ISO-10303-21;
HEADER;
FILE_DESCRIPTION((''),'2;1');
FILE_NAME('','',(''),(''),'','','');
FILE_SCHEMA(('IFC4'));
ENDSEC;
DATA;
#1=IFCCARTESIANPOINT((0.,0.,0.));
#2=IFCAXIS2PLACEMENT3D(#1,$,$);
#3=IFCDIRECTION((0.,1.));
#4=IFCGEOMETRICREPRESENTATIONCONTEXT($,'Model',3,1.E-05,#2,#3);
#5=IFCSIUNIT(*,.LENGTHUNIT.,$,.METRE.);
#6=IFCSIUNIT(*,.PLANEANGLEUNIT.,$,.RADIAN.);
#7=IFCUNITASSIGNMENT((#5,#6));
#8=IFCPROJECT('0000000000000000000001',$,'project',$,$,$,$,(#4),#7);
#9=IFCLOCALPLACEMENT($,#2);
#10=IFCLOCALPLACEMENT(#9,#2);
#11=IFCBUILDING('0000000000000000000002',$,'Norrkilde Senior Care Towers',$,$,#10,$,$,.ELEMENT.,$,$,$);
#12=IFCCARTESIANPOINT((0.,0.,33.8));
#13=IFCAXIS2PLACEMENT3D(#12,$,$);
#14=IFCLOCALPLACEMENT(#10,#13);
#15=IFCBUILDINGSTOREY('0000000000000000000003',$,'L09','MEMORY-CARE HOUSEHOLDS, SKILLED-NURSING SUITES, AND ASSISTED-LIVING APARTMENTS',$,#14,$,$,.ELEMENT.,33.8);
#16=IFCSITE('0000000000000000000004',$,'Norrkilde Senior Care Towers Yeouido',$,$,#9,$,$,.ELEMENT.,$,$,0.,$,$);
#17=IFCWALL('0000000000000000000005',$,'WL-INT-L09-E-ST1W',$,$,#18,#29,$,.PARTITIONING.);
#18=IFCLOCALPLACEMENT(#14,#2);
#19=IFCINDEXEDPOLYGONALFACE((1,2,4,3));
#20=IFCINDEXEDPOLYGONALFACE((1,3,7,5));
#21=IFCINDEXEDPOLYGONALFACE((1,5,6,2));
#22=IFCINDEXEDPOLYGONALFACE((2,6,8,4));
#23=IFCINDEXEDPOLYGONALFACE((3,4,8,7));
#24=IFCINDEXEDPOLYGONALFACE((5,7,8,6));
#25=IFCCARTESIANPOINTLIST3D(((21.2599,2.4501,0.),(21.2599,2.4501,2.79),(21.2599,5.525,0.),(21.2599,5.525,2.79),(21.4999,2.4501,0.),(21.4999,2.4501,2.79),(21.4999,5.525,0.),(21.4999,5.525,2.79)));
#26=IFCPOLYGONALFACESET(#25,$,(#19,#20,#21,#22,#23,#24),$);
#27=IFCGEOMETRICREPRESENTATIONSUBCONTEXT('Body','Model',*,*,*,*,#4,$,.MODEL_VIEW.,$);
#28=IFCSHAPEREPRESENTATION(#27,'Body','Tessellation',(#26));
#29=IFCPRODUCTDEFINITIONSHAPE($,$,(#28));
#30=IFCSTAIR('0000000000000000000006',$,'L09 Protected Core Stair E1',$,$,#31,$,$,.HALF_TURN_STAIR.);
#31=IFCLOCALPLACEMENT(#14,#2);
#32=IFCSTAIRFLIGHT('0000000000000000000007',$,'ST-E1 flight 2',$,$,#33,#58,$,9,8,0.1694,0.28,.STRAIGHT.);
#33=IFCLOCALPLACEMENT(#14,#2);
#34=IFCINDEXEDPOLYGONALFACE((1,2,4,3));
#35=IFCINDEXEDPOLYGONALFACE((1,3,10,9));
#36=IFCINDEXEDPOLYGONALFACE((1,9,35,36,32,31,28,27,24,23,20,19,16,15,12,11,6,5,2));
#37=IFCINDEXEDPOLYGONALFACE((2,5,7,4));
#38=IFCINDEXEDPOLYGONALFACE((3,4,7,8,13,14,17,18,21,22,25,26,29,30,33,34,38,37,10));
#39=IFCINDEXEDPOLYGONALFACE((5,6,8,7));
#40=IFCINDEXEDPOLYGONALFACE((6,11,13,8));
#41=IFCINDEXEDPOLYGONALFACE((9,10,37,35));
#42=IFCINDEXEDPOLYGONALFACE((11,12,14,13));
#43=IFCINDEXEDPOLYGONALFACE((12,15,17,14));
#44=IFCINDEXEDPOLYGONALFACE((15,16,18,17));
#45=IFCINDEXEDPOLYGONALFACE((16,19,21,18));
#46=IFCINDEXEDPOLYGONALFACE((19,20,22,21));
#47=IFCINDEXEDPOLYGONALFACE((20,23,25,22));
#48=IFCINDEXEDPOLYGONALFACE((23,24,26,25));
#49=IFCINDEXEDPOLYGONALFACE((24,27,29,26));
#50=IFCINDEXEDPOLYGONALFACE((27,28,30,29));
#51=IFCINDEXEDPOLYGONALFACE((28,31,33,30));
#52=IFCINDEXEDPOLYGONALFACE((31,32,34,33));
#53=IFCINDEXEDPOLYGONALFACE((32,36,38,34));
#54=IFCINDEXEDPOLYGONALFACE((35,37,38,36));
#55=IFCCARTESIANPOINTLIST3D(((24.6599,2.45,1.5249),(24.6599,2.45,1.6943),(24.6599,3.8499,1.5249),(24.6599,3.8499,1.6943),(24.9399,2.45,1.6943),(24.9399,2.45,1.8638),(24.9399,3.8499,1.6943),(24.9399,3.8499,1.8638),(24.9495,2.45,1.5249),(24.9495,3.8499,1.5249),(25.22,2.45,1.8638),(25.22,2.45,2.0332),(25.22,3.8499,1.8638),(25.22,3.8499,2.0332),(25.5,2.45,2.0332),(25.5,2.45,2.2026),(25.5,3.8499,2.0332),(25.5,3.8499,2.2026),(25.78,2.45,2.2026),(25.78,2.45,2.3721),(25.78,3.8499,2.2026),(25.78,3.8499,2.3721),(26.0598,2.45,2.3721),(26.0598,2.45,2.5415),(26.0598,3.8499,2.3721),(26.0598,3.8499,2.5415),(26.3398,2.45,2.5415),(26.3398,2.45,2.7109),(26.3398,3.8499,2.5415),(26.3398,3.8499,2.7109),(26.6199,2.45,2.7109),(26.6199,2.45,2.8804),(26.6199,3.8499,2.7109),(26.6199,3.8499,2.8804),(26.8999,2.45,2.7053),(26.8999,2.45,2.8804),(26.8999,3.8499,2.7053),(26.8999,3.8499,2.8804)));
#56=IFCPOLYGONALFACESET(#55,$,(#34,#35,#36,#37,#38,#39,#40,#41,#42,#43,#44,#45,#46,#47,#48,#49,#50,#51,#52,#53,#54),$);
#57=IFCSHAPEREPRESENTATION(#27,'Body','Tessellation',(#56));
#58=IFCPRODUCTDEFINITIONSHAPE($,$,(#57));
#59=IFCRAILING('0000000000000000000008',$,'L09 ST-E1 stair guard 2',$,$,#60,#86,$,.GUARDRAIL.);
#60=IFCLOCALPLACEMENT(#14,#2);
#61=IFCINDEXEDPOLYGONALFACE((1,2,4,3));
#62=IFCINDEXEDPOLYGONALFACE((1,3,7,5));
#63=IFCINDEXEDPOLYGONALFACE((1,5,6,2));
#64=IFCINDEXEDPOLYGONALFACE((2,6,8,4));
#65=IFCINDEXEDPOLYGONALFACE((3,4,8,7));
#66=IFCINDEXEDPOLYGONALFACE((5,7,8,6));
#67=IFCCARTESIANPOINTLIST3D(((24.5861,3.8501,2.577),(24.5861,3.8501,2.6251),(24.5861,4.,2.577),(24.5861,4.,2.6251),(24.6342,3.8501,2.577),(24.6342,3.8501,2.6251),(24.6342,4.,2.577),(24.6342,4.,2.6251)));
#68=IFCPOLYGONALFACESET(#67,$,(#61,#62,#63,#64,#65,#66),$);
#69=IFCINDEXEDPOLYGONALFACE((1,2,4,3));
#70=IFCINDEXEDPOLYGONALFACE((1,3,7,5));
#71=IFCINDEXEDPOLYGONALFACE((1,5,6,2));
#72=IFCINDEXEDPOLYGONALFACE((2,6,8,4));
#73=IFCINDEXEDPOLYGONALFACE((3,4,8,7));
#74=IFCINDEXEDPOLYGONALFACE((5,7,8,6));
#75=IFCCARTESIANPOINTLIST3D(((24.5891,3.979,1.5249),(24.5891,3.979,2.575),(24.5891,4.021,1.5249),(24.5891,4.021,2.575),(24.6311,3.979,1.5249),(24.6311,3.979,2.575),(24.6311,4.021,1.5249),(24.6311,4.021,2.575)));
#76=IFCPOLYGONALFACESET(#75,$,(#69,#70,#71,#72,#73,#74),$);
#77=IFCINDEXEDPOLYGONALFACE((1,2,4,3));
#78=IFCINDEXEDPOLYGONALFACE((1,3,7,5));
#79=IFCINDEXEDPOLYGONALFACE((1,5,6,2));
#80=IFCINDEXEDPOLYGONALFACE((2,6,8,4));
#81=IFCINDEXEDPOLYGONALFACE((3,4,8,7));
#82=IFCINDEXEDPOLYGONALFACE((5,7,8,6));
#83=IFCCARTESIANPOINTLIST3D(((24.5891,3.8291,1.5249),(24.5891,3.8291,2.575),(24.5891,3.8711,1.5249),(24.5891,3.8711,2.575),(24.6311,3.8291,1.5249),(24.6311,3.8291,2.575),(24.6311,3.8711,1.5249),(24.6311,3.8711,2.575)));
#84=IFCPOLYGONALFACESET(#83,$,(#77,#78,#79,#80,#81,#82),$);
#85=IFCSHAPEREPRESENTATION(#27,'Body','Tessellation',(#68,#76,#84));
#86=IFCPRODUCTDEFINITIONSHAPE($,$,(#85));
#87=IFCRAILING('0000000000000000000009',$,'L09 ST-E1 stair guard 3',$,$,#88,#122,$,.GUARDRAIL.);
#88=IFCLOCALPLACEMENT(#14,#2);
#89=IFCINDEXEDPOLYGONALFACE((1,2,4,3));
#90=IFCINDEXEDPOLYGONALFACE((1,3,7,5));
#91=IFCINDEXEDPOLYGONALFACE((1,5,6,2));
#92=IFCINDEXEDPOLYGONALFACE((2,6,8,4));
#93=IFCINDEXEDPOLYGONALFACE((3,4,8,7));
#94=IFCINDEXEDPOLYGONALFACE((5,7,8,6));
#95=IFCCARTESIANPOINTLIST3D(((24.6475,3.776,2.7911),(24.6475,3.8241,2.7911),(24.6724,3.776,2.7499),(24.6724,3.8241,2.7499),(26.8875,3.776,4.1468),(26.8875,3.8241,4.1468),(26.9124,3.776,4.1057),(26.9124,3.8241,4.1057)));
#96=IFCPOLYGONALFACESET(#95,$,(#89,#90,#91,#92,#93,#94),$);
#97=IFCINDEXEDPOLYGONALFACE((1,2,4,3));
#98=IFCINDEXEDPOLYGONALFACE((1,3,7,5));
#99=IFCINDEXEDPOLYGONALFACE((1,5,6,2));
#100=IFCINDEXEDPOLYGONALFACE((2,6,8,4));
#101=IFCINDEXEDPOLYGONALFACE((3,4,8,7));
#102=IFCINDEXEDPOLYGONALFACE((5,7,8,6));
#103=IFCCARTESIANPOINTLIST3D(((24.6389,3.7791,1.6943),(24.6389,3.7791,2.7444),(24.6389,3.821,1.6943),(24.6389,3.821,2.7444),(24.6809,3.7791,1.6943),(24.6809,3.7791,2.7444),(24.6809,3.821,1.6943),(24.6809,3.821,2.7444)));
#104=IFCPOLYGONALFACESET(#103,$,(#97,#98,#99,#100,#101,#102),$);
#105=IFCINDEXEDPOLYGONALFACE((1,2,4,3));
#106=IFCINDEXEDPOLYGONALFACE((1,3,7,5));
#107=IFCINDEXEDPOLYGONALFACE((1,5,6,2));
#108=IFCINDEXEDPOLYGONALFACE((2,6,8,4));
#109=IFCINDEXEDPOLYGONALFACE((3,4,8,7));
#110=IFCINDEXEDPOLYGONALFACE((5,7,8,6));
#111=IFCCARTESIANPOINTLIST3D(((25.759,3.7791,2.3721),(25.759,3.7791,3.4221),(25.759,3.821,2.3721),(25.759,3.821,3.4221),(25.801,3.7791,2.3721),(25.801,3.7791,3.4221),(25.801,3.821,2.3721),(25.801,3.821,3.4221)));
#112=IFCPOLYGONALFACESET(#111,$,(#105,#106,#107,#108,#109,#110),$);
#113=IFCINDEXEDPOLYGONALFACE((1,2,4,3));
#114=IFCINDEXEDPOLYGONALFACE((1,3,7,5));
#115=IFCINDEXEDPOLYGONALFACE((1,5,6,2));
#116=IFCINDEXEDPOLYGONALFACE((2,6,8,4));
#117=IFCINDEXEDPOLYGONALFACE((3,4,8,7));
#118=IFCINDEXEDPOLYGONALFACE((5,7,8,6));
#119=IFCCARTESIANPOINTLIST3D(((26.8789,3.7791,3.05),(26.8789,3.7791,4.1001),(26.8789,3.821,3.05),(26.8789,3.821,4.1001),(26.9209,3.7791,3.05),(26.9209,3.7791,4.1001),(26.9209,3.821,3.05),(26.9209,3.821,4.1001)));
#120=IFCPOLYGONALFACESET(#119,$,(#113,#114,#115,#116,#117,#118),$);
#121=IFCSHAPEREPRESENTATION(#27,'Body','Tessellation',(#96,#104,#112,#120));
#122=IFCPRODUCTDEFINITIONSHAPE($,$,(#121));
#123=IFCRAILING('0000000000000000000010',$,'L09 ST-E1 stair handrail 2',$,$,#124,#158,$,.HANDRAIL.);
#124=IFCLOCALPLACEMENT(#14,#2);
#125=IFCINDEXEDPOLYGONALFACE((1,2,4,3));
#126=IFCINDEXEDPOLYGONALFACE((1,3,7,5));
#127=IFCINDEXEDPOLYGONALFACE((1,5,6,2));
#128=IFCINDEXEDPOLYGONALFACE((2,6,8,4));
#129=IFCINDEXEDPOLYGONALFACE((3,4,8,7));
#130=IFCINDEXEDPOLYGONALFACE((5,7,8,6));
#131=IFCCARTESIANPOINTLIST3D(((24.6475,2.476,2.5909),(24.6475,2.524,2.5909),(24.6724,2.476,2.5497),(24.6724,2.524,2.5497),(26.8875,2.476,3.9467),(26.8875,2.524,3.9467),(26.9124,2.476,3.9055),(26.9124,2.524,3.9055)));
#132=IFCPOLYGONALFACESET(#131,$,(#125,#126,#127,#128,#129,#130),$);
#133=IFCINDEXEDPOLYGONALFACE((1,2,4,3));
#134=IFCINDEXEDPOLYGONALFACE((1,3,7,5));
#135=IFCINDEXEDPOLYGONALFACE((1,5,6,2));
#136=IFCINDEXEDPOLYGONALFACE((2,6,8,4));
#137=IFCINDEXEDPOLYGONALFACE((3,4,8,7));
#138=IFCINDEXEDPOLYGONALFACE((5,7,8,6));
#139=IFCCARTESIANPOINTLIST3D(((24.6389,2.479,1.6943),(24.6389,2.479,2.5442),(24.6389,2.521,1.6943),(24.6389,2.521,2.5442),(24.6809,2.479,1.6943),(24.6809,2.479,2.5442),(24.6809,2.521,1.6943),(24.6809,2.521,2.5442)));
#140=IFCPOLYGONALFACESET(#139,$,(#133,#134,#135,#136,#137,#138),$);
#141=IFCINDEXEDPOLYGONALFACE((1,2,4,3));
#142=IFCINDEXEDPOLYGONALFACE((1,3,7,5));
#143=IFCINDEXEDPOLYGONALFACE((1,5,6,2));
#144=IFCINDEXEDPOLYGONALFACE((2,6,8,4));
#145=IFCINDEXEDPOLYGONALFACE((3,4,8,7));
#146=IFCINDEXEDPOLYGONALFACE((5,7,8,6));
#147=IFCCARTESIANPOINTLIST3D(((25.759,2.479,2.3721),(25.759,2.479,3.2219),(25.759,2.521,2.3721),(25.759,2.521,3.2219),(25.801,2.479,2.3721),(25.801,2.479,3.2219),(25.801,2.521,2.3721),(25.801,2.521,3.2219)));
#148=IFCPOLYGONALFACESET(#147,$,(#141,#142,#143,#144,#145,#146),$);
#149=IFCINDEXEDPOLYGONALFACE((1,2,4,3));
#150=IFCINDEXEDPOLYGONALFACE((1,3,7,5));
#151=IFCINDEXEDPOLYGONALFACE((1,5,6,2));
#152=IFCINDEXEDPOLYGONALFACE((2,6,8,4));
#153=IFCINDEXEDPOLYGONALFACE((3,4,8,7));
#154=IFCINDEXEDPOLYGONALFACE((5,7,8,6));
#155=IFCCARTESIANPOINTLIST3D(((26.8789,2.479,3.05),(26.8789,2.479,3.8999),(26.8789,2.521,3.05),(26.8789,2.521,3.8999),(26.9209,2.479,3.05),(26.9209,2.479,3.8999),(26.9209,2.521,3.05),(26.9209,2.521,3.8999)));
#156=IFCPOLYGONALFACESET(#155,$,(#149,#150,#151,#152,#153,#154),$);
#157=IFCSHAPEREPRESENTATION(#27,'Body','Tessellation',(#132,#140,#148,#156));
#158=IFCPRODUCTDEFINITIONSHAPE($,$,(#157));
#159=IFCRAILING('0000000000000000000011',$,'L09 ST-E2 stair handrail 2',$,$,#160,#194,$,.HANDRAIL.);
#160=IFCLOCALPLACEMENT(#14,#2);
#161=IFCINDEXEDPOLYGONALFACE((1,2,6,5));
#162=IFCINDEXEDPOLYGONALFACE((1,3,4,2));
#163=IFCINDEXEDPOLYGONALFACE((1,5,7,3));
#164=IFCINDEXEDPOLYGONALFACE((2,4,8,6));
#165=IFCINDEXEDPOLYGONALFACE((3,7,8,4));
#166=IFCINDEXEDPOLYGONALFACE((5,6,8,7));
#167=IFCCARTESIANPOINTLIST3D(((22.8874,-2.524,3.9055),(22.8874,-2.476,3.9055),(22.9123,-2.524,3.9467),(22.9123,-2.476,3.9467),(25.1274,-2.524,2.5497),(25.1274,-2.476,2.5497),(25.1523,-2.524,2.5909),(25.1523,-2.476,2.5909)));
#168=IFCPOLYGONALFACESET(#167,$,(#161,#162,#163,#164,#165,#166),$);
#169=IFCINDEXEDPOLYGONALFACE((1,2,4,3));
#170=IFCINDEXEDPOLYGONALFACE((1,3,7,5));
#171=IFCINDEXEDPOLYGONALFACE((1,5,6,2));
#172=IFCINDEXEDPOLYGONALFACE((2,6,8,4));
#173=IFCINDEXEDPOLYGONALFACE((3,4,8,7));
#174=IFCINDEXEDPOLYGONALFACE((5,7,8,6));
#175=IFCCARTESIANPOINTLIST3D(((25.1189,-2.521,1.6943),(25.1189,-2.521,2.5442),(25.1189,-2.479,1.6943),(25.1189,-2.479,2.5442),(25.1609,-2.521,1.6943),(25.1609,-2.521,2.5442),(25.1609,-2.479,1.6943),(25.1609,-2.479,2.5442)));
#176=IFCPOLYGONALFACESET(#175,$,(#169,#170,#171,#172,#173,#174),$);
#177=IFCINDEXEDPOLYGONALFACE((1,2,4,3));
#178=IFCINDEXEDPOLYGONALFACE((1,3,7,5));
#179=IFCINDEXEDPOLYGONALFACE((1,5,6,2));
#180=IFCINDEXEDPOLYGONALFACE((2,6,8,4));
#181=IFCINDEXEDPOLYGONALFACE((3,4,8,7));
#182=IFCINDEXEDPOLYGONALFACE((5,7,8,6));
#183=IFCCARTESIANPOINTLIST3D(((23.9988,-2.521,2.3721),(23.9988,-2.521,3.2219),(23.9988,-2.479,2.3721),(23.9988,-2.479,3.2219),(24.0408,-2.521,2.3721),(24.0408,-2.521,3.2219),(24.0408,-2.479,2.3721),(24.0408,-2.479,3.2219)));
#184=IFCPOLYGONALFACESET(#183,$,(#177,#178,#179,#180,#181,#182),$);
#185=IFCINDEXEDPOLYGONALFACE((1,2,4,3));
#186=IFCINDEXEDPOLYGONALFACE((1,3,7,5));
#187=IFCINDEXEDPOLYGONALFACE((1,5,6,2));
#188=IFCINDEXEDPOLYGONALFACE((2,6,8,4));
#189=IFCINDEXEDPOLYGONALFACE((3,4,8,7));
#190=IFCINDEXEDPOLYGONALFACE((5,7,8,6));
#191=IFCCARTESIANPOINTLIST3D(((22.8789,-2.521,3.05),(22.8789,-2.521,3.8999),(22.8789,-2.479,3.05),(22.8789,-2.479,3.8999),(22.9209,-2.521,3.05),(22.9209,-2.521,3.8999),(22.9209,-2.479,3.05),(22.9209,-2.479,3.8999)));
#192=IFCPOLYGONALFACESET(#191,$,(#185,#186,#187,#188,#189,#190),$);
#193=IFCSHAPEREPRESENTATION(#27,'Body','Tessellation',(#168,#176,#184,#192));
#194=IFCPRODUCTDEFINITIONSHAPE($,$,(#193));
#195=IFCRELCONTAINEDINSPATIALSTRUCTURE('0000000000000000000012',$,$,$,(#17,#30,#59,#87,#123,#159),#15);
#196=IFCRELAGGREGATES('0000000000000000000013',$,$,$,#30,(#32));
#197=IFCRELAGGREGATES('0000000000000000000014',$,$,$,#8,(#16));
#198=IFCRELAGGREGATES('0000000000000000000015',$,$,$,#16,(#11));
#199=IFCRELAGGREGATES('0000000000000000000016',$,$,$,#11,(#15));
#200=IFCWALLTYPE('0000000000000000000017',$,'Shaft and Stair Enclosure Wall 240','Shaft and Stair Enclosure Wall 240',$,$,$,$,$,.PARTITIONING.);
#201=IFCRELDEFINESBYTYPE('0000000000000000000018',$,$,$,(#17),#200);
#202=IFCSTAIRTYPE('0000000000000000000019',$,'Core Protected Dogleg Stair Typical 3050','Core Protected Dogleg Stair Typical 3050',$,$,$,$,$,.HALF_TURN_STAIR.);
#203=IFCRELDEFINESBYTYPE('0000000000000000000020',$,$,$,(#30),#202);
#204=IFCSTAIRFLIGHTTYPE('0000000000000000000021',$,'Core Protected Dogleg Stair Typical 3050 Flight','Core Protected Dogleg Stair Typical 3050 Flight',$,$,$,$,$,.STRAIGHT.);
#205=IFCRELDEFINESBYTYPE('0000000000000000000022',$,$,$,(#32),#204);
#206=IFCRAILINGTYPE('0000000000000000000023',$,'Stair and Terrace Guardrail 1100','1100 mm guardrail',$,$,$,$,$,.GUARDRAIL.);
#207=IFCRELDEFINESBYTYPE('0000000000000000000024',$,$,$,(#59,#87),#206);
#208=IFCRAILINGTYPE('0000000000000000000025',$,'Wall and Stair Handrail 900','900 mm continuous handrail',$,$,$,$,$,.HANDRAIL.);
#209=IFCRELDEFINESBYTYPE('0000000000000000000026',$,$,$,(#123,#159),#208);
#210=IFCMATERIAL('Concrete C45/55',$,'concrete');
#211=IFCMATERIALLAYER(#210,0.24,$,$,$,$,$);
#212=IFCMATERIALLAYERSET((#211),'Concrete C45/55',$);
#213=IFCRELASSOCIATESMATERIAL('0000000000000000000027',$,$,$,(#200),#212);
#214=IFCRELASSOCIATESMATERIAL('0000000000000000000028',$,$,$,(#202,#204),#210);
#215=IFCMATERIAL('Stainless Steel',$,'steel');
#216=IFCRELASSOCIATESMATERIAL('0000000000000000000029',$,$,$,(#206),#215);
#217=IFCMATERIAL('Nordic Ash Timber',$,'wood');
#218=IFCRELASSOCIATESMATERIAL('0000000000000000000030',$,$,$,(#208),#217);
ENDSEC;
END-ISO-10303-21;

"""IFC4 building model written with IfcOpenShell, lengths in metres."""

from ifc_helpers import new_model, si_unit, direction, frame, frame_2d, origin, origin_2d, place, context, subcontext, project, spatial, polyline, rectangle, outline, extrude, source, transform, mapped, material, layer, layer_set, type_object, element, aggregate, save


model = new_model("IFC4")

# Units and contexts
model_context = context("Model", 3, precision=1e-05, world=origin(), true_north=direction((0.0, 1.0)))
body_context = subcontext(model_context, "Body", "Model", "MODEL_VIEW")
ifc_project = project(units=[si_unit("LENGTHUNIT", "METRE"), si_unit("PLANEANGLEUNIT", "RADIAN")], contexts=[model_context])

# Site, building, storey
site_placement = place(None, origin())
site = spatial("IfcSite", under=ifc_project, at=site_placement, Name="Norrkilde Senior Care Towers Yeouido", CompositionType="ELEMENT", RefElevation=0.0)
building_placement = place(site_placement, origin())
building = spatial("IfcBuilding", under=site, at=building_placement, Name="Norrkilde Senior Care Towers", CompositionType="ELEMENT")
storey_placement = place(building_placement, frame((0.0, 0.0, 33.8)))
storey = spatial("IfcBuildingStorey", under=building, at=storey_placement, Name="L09", Description="MEMORY-CARE HOUSEHOLDS, SKILLED-NURSING SUITES, AND ASSISTED-LIVING APARTMENTS", CompositionType="ELEMENT", Elevation=33.8)

# Shared definitions
ifc_material_1 = material(Name="Concrete C45/55", Category="concrete")
ifc_material_2 = material(Name="Stainless Steel", Category="steel")

# Shared definitions
ifc_layer_1 = layer(ifc_material_1, 0.24)
ifc_layer_set_1 = layer_set([ifc_layer_1], Name="Concrete C45/55")
wall_type_1 = type_object("IfcWallType", Name="Shaft and Stair Enclosure Wall 240", Description="Shaft and Stair Enclosure Wall 240", PredefinedType="PARTITIONING", material=ifc_layer_set_1)

# Wall
shared_shape_1 = source(origin(), body_context, "Body", "SweptSolid", [
    extrude(rectangle(XDim=3.075, YDim=0.24, at=frame_2d((1.5376, 0.0))), origin(), (0.0, 0.0, 1.0), 2.79),
])
wall_1_placement = place(storey_placement, frame((21.3799, 2.45, 0.0), z_axis=(0.0, 0.0, 1.0), x_axis=(0.0, 1.0, 0.0)))
element("IfcWall", 1, at=wall_1_placement, inside=storey, type_object=wall_type_1, Name="WL-INT-L09-E-ST1W", PredefinedType="PARTITIONING", context=body_context, shape_type="MappedRepresentation", body=[
    mapped(shared_shape_1, transform((0.0, 0.0, 0.0), x_axis=(1.0, 0.0, 0.0), y_axis=(0.0, 1.0, 0.0), z_axis=(0.0, 0.0, 1.0), scale=1.0)),
])

# Stair, stair flight
stair_type = type_object("IfcStairType", Name="Core Protected Dogleg Stair Typical 3050", Description="Core Protected Dogleg Stair Typical 3050", PredefinedType="HALF_TURN_STAIR", material=ifc_material_1)
stair_placement = place(storey_placement, origin())
stair = element("IfcStair", 2, at=stair_placement, inside=storey, type_object=stair_type, Name="L09 Protected Core Stair E1", PredefinedType="HALF_TURN_STAIR")
stair_flight_type = type_object("IfcStairFlightType", Name="Core Protected Dogleg Stair Typical 3050 Flight", Description="Core Protected Dogleg Stair Typical 3050 Flight", PredefinedType="STRAIGHT", material=ifc_material_1)
stair_flight_placement = place(storey_placement, frame((24.6599, 3.1499, 1.5249), z_axis=(0.0, 0.0, 1.0), x_axis=(1.0, 0.0, 0.0)))
stair_flight = element("IfcStairFlight", 3, at=stair_flight_placement, type_object=stair_flight_type, Name="ST-E1 flight 2", NumberOfRisers=9, NumberOfTreads=8, PredefinedType="STRAIGHT", RiserHeight=0.1694, TreadLength=0.28, context=body_context, shape_type="SweptSolid", body=[
    extrude(outline(polyline([(0.0, 0.0), (0.0, 0.1694), (0.28, 0.1694), (0.28, 0.3389), (0.5601, 0.3389), (0.5601, 0.5083), (0.8401, 0.5083), (0.8401, 0.6777), (1.1201, 0.6777), (1.1201, 0.8472), (1.3999, 0.8472), (1.3999, 1.0166), (1.6799, 1.0166), (1.6799, 1.186), (1.96, 1.186), (1.96, 1.3555), (2.24, 1.3555), (2.24, 1.5249), (2.24, 1.1804), (0.2896, 0.0), (0.0, 0.0)])), frame((0.0, 0.7, 0.0), z_axis=(0.0, -1.0, 0.0), x_axis=(1.0, 0.0, 0.0)), (0.0, 0.0, 1.0), 1.3999),
])
aggregate(stair, [stair_flight])

# Railings
railing_type_1 = type_object("IfcRailingType", Name="Stair and Terrace Guardrail 1100", Description="1100 mm guardrail", PredefinedType="GUARDRAIL", material=ifc_material_2)
railing_1_placement = place(storey_placement, frame((24.6101, 4.0, 1.5249)))
element("IfcRailing", 4, at=railing_1_placement, inside=storey, type_object=railing_type_1, Name="L09 ST-E1 stair guard 2", PredefinedType="GUARDRAIL", context=body_context, shape_type="SweptSolid", body=[
    extrude(rectangle(XDim=0.0481, YDim=0.0481, at=origin_2d()), frame((0.0, 0.0, 1.0762), z_axis=(0.0, -1.0, 0.0), x_axis=(1.0, 0.0, 0.0)), (0.0, 0.0, 1.0), 0.1499),
    extrude(rectangle(XDim=0.042, YDim=0.042, at=origin_2d()), origin(), (0.0, 0.0, 1.0), 1.05),
    extrude(rectangle(XDim=0.042, YDim=0.042, at=origin_2d()), frame((0.0, -0.1499, 0.0)), (0.0, 0.0, 1.0), 1.05),
])
railing_2_placement = place(storey_placement, frame((24.6599, 3.8, 1.6943)))
element("IfcRailing", 5, at=railing_2_placement, inside=storey, type_object=railing_type_1, Name="L09 ST-E1 stair guard 3", PredefinedType="GUARDRAIL", context=body_context, shape_type="SweptSolid", body=[
    extrude(rectangle(XDim=0.0481, YDim=0.0481, at=origin_2d()), frame((0.0, 0.0, 1.0762), z_axis=(0.855512, 0.0, 0.517783), x_axis=(0.0, 1.0, 0.0)), (0.0, 0.0, 1.0), 2.6184),
    extrude(rectangle(XDim=0.042, YDim=0.042, at=origin_2d()), origin(), (0.0, 0.0, 1.0), 1.05),
    extrude(rectangle(XDim=0.042, YDim=0.042, at=origin_2d()), frame((1.1201, 0.0, 0.6777)), (0.0, 0.0, 1.0), 1.05),
    extrude(rectangle(XDim=0.042, YDim=0.042, at=origin_2d()), frame((2.24, 0.0, 1.3557)), (0.0, 0.0, 1.0), 1.05),
])
ifc_material_3 = material(Name="Nordic Ash Timber", Category="wood")
railing_type_2 = type_object("IfcRailingType", Name="Wall and Stair Handrail 900", Description="900 mm continuous handrail", PredefinedType="HANDRAIL", material=ifc_material_3)
railing_3_placement = place(storey_placement, frame((24.6599, 2.5, 1.6943)))
element("IfcRailing", 6, at=railing_3_placement, inside=storey, type_object=railing_type_2, Name="L09 ST-E1 stair handrail 2", PredefinedType="HANDRAIL", context=body_context, shape_type="SweptSolid", body=[
    extrude(rectangle(XDim=0.0481, YDim=0.0481, at=origin_2d()), frame((0.0, 0.0, 0.876), z_axis=(0.855512, 0.0, 0.517783), x_axis=(0.0, 1.0, 0.0)), (0.0, 0.0, 1.0), 2.6184),
    extrude(rectangle(XDim=0.042, YDim=0.042, at=origin_2d()), origin(), (0.0, 0.0, 1.0), 0.8499),
    extrude(rectangle(XDim=0.042, YDim=0.042, at=origin_2d()), frame((1.1201, 0.0, 0.6777)), (0.0, 0.0, 1.0), 0.8499),
    extrude(rectangle(XDim=0.042, YDim=0.042, at=origin_2d()), frame((2.24, 0.0, 1.3557)), (0.0, 0.0, 1.0), 0.8499),
])
railing_4_placement = place(storey_placement, frame((25.1399, -2.5, 1.6943)))
element("IfcRailing", 7, at=railing_4_placement, inside=storey, type_object=railing_type_2, Name="L09 ST-E2 stair handrail 2", PredefinedType="HANDRAIL", context=body_context, shape_type="SweptSolid", body=[
    extrude(rectangle(XDim=0.0481, YDim=0.0481, at=origin_2d()), frame((0.0, 0.0, 0.876), z_axis=(-0.855512, 0.0, 0.517783), x_axis=(0.0, -1.0, 0.0)), (0.0, 0.0, 1.0), 2.6184),
    extrude(rectangle(XDim=0.042, YDim=0.042, at=origin_2d()), origin(), (0.0, 0.0, 1.0), 0.8499),
    extrude(rectangle(XDim=0.042, YDim=0.042, at=origin_2d()), frame((-1.1201, 0.0, 0.6777)), (0.0, 0.0, 1.0), 0.8499),
    extrude(rectangle(XDim=0.042, YDim=0.042, at=origin_2d()), frame((-2.24, 0.0, 1.3557)), (0.0, 0.0, 1.0), 0.8499),
])

save(model, "model.ifc")
